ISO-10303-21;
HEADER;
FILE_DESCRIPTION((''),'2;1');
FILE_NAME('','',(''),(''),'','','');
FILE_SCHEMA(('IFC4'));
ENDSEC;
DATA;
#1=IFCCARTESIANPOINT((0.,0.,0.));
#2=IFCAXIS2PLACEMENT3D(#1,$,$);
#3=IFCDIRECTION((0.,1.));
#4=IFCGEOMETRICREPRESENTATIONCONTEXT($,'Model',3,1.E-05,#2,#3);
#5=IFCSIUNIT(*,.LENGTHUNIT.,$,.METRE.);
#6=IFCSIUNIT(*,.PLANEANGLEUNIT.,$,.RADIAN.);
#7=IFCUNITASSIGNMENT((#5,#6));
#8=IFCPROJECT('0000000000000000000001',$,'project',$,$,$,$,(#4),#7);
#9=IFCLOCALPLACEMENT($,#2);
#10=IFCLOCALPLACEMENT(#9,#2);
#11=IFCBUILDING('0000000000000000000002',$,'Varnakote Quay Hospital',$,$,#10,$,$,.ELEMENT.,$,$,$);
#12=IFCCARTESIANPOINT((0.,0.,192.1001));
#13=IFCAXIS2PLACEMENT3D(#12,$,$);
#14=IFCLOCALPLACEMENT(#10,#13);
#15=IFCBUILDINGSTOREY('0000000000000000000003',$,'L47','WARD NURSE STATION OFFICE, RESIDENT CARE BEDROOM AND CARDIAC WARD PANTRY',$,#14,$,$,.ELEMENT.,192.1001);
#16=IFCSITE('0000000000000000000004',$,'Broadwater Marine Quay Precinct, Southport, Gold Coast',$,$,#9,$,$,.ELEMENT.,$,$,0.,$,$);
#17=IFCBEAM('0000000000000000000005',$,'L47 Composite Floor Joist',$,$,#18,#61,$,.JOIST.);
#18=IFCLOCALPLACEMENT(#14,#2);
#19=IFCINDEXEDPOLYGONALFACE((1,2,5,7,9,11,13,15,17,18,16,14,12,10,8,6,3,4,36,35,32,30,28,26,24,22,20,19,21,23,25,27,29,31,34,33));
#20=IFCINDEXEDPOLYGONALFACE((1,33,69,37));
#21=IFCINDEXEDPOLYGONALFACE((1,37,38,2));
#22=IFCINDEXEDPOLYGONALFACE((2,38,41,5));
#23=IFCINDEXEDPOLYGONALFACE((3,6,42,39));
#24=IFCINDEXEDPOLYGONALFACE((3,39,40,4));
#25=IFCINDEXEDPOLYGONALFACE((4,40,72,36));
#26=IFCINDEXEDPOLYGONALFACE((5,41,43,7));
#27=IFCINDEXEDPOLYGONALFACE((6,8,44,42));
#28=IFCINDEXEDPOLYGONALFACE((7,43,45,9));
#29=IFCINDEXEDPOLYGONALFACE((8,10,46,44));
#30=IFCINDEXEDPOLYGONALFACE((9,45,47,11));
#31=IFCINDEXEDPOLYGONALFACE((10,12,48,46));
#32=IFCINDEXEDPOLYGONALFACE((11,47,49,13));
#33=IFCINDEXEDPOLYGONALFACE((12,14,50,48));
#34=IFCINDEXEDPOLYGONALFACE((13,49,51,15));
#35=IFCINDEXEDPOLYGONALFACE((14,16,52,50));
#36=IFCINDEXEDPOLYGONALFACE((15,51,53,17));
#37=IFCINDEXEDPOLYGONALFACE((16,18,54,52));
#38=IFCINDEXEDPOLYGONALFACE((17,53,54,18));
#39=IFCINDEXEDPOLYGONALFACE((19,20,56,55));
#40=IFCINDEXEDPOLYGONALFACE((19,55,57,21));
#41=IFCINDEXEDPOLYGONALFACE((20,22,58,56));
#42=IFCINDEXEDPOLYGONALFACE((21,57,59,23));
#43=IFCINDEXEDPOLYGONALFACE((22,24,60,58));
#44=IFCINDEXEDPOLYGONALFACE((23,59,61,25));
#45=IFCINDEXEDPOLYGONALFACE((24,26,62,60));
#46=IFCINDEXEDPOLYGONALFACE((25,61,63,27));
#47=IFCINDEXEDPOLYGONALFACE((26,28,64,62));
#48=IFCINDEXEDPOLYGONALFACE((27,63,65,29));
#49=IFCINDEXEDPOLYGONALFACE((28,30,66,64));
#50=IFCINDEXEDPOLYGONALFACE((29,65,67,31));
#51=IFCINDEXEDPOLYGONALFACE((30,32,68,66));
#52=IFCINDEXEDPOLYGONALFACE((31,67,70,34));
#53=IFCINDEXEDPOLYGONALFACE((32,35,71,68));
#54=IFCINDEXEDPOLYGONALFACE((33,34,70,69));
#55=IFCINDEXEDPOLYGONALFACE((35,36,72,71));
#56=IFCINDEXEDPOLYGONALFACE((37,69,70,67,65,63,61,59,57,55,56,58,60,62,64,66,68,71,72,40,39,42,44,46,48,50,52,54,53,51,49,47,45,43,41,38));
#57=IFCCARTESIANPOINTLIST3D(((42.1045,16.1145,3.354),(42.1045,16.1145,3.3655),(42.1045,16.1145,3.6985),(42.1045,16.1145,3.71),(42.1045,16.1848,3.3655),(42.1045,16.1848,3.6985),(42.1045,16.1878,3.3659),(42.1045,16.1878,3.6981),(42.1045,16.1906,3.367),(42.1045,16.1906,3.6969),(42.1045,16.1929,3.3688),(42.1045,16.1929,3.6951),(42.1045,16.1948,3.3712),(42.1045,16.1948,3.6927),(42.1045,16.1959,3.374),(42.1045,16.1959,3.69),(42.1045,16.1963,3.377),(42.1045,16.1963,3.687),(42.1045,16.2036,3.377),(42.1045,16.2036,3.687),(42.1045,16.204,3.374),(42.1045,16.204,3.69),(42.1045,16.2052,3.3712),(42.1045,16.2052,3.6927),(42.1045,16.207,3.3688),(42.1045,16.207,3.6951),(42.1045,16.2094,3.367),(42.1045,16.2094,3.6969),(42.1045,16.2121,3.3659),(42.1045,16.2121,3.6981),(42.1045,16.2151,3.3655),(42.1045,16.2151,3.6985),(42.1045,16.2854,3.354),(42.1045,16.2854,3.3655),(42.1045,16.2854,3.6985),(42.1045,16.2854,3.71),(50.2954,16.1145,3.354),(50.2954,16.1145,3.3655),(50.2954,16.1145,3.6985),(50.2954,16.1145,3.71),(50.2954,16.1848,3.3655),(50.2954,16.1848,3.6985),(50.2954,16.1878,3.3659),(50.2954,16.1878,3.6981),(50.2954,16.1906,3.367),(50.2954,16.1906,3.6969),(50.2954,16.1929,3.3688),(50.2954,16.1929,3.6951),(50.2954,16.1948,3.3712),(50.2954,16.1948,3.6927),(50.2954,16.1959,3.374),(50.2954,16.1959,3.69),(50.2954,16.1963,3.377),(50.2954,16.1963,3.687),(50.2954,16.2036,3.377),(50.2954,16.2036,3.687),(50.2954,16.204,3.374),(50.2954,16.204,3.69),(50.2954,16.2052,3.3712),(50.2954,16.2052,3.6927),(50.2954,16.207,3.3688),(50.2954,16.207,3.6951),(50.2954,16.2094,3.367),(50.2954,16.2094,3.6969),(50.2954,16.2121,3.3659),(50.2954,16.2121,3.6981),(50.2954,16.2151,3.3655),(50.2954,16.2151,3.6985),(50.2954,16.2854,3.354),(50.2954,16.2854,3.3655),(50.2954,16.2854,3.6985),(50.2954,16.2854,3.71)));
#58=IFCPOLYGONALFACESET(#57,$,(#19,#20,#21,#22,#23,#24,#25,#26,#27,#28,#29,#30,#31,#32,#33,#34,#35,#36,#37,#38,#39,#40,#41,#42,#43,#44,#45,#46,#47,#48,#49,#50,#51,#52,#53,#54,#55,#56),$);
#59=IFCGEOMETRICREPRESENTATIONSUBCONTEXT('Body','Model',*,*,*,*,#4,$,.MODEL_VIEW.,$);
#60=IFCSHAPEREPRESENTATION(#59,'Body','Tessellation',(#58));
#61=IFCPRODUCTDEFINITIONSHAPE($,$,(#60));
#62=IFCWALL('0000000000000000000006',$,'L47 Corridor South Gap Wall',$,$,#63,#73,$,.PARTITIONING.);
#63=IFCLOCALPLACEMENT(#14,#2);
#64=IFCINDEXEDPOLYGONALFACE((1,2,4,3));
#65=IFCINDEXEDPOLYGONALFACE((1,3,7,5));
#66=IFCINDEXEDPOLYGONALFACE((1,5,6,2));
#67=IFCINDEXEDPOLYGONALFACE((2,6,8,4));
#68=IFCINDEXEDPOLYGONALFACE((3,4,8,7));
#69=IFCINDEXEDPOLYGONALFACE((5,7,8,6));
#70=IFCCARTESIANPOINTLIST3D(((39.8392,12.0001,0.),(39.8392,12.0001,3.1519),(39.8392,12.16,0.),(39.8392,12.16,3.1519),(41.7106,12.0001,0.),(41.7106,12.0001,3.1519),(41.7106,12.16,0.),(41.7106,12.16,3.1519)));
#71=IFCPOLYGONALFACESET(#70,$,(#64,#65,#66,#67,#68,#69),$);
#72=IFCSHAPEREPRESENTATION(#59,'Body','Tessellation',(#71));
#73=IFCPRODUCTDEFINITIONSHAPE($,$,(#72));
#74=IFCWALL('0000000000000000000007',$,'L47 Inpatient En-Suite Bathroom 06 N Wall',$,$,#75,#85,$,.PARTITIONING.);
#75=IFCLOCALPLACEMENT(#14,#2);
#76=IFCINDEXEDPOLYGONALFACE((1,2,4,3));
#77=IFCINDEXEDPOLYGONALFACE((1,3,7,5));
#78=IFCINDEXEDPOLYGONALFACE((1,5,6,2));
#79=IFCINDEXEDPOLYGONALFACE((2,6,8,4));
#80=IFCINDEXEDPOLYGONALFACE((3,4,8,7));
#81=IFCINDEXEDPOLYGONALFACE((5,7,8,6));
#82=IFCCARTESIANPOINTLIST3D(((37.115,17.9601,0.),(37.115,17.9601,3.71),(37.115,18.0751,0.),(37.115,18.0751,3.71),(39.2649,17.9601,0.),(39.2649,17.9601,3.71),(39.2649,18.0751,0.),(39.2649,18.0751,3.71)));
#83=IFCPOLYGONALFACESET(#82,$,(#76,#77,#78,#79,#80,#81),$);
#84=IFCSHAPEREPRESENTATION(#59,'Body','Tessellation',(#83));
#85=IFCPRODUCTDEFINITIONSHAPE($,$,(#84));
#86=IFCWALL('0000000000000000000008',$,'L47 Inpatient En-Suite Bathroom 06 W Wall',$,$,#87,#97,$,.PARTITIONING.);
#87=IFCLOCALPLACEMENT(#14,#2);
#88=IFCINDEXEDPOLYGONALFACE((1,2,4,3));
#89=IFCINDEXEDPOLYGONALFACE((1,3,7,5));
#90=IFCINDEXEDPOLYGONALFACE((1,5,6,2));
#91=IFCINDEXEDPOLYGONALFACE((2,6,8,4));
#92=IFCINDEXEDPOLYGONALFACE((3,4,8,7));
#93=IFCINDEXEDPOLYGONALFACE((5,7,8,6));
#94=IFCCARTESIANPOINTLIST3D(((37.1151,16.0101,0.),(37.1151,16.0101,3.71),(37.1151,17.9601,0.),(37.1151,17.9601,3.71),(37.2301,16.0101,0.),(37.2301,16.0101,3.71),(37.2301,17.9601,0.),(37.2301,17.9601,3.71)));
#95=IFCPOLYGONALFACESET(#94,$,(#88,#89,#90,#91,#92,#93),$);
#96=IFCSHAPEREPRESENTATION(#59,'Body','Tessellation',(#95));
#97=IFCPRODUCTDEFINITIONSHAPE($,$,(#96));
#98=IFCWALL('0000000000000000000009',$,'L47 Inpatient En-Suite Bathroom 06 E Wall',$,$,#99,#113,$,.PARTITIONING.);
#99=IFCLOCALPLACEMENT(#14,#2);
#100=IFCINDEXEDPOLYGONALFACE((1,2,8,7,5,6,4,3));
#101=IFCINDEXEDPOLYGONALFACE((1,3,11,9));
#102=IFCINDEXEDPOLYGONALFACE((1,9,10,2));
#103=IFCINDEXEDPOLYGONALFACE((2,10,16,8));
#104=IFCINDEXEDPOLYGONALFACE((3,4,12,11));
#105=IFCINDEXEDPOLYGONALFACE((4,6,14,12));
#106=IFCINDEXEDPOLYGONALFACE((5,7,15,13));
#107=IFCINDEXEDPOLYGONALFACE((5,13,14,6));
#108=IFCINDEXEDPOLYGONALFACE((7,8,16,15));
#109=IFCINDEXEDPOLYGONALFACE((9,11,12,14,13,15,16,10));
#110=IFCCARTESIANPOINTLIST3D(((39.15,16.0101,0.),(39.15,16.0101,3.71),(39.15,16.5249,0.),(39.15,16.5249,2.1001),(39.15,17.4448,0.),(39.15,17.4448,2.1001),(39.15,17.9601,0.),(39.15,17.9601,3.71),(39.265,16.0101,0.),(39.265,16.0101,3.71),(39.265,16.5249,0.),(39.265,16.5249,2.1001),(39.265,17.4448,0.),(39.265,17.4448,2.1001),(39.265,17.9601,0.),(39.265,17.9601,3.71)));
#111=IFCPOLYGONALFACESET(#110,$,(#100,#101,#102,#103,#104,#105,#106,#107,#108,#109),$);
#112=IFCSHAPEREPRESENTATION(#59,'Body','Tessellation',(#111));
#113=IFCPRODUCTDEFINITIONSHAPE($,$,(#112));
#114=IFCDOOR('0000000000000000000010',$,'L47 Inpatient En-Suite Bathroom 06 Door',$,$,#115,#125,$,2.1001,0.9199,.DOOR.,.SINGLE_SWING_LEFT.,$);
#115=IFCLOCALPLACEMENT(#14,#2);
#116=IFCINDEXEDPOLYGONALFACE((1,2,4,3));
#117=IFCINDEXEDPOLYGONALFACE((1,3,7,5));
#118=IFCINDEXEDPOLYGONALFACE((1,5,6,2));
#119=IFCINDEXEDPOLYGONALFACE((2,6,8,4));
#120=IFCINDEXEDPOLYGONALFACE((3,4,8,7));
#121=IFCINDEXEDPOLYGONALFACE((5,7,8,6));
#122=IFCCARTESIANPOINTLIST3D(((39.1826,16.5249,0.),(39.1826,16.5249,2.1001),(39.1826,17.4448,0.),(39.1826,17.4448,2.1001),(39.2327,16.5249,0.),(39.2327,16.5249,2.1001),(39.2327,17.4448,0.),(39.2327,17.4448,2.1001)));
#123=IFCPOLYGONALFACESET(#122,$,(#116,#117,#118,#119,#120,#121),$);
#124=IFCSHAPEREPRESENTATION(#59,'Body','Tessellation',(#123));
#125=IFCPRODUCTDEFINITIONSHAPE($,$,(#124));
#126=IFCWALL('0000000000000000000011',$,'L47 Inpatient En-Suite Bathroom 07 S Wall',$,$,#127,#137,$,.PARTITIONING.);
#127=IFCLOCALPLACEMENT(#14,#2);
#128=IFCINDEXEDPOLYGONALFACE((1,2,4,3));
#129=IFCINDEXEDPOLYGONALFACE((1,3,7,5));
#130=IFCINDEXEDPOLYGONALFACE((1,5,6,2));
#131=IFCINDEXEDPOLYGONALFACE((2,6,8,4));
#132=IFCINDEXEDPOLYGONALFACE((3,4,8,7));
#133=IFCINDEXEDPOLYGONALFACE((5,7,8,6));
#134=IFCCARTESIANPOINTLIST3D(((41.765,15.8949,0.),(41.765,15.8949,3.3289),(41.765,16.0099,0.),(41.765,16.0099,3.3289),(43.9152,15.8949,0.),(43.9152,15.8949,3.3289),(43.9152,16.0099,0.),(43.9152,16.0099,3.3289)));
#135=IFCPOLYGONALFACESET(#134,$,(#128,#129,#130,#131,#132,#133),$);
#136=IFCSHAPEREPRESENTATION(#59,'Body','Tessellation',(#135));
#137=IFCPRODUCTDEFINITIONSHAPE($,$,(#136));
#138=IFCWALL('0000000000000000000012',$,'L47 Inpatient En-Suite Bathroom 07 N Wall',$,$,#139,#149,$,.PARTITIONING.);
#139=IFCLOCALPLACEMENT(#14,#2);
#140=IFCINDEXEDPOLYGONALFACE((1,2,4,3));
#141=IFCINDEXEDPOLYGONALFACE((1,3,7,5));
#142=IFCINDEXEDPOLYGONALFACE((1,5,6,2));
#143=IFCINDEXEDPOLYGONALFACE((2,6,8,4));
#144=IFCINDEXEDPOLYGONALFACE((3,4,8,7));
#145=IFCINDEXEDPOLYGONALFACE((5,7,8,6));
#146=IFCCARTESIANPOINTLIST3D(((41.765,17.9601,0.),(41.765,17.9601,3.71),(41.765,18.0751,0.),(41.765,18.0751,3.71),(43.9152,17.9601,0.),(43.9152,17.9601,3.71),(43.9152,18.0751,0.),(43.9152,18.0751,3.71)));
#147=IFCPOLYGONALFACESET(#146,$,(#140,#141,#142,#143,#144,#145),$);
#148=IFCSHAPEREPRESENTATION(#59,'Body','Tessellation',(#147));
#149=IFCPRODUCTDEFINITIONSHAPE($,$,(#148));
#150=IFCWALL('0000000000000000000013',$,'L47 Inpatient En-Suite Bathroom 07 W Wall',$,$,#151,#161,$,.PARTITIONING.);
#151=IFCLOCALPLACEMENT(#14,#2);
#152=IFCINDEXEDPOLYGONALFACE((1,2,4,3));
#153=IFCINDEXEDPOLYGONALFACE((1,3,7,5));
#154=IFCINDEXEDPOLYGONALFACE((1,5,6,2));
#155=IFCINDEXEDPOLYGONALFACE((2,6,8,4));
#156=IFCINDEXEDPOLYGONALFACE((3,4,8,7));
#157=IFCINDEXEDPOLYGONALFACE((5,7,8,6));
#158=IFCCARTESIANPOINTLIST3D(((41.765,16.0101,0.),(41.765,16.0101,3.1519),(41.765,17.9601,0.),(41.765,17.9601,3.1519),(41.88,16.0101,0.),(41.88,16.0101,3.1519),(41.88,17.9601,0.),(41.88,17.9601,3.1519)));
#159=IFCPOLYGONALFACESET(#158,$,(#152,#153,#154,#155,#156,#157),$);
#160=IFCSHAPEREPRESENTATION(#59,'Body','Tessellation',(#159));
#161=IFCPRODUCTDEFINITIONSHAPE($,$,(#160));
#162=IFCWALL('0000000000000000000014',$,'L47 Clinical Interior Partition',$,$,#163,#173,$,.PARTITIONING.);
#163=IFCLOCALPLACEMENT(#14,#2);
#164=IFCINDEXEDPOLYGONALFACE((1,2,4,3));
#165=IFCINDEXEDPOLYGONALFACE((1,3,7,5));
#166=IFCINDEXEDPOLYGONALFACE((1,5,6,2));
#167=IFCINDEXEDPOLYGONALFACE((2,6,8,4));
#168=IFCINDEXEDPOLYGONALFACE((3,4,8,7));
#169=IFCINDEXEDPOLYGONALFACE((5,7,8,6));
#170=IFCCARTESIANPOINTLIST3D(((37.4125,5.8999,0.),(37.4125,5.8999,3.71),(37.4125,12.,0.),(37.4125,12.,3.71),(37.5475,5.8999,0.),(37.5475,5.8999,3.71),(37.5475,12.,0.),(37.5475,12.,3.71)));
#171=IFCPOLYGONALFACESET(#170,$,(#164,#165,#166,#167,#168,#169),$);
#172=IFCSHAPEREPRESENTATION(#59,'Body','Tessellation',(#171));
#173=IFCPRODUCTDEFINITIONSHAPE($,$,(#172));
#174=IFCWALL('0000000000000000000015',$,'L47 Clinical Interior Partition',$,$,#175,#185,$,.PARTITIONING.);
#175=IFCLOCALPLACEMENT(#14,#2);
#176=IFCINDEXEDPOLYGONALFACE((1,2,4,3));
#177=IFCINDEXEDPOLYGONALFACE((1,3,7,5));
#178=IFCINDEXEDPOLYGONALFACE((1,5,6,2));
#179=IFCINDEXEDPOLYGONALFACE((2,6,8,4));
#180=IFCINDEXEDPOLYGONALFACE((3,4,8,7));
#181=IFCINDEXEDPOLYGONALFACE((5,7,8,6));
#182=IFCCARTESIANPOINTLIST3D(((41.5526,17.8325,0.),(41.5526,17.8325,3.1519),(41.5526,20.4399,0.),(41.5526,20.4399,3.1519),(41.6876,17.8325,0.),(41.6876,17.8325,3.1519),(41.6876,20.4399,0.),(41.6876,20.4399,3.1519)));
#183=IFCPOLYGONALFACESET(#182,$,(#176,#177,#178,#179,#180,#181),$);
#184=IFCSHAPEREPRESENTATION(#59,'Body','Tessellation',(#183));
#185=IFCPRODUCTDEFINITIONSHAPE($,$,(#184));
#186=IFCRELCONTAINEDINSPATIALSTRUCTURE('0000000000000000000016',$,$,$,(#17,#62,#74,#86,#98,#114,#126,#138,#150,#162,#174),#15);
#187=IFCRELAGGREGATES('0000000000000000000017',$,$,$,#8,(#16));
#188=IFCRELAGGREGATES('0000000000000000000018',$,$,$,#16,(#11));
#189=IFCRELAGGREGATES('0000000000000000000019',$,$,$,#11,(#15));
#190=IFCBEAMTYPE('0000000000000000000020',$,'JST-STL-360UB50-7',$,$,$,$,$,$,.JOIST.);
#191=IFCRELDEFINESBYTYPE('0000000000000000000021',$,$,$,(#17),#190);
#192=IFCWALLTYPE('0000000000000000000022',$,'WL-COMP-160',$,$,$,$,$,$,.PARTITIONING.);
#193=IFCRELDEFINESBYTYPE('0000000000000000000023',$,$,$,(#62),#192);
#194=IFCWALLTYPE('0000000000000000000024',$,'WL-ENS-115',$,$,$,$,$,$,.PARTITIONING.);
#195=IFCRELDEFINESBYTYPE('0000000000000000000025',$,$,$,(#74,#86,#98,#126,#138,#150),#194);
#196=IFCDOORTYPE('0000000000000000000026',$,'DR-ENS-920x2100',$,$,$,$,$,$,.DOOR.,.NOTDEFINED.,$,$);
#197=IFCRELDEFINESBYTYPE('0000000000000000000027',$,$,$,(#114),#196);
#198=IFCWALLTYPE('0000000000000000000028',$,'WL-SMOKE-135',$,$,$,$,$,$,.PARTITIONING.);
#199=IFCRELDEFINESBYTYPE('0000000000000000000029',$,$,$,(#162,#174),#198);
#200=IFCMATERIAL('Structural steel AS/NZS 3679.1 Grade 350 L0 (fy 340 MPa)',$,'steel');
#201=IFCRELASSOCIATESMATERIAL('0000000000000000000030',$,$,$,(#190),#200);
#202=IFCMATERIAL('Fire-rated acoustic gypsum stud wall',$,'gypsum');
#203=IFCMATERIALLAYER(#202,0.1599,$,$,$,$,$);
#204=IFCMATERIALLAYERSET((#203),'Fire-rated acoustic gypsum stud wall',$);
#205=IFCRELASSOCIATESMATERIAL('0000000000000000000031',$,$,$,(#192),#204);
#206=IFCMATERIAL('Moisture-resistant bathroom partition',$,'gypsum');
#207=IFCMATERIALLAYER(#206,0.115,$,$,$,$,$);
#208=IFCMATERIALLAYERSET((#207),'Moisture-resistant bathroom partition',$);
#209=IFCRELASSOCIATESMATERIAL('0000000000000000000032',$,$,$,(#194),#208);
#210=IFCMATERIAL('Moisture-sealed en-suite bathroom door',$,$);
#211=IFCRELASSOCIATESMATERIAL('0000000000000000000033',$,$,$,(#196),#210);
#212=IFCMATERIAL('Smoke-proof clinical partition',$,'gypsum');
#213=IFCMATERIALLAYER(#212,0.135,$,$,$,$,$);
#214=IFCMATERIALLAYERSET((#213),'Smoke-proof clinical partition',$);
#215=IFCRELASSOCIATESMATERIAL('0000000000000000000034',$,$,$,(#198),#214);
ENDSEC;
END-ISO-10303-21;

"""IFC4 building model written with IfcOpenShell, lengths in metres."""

from ifc_helpers import new_model, si_unit, direction, frame, frame_2d, origin, origin_2d, place, context, subcontext, project, spatial, rectangle, i_section, extrude, material, layer, layer_set, material_profile, profile_set, type_object, element, fill, save


model = new_model("IFC4")

# Units and contexts
model_context = context("Model", 3, precision=1e-05, world=origin(), true_north=direction((0.0, 1.0)))
body_context = subcontext(model_context, "Body", "Model", "MODEL_VIEW")
ifc_project = project(units=[si_unit("LENGTHUNIT", "METRE"), si_unit("PLANEANGLEUNIT", "RADIAN")], contexts=[model_context])

# Site, building, storey
site_placement = place(None, origin())
site = spatial("IfcSite", under=ifc_project, at=site_placement, Name="Broadwater Marine Quay Precinct, Southport, Gold Coast", CompositionType="ELEMENT", RefElevation=0.0)
building_placement = place(site_placement, origin())
building = spatial("IfcBuilding", under=site, at=building_placement, Name="Varnakote Quay Hospital", CompositionType="ELEMENT")
storey_placement = place(building_placement, frame((0.0, 0.0, 192.1001)))
storey = spatial("IfcBuildingStorey", under=building, at=storey_placement, Name="L47", Description="WARD NURSE STATION OFFICE, RESIDENT CARE BEDROOM AND CARDIAC WARD PANTRY", CompositionType="ELEMENT", Elevation=192.1001)

# Beam
ifc_material_1 = material(Name="Structural steel AS/NZS 3679.1 Grade 350 L0 (fy 340 MPa)", Category="steel")
ifc_material_profile_1 = material_profile(ifc_material_1, i_section(OverallWidth=0.1709, OverallDepth=0.356, WebThickness=0.0073, FlangeThickness=0.0115, FilletRadius=0.0115, at=origin_2d()), Name="360UB50.7")
ifc_profile_set_1 = profile_set([ifc_material_profile_1], Name="Structural steel AS/NZS 3679.1 Grade 350 L0 (fy 340 MPa)")
beam_type_1 = type_object("IfcBeamType", Name="JST-STL-360UB50-7", PredefinedType="JOIST", material=ifc_profile_set_1)
beam_1_placement = place(storey_placement, frame((42.1045, 16.2, 3.532), z_axis=(1.0, 0.0, 0.0), x_axis=(0.0, 1.0, 0.0)))
element("IfcBeam", 1, at=beam_1_placement, inside=storey, type_object=beam_type_1, Name="L47 Composite Floor Joist", PredefinedType="JOIST", context=body_context, shape_type="SweptSolid", body=[
    extrude(i_section(OverallWidth=0.1709, OverallDepth=0.356, WebThickness=0.0073, FlangeThickness=0.0115, FilletRadius=0.0115, at=origin_2d()), origin(), (0.0, 0.0, 1.0), 8.1909),
])

# Walls
ifc_material_2 = material(Name="Fire-rated acoustic gypsum stud wall", Category="gypsum")
ifc_layer_1 = layer(ifc_material_2, 0.1599)
ifc_layer_set_1 = layer_set([ifc_layer_1], Name="Fire-rated acoustic gypsum stud wall")
wall_type_1 = type_object("IfcWallType", Name="WL-COMP-160", PredefinedType="PARTITIONING", material=ifc_layer_set_1)
wall_1_placement = place(storey_placement, frame((39.8394, 12.0801, 0.0), z_axis=(0.0, 0.0, 1.0), x_axis=(1.0, 0.0, 0.0)))
element("IfcWall", 2, at=wall_1_placement, inside=storey, type_object=wall_type_1, Name="L47 Corridor South Gap Wall", PredefinedType="PARTITIONING", context=body_context, shape_type="SweptSolid", body=[
    extrude(rectangle(XDim=1.8713, YDim=0.1599, at=frame_2d((0.9355, 0.0))), origin(), (0.0, 0.0, 1.0), 3.1519),
])
ifc_material_3 = material(Name="Moisture-resistant bathroom partition", Category="gypsum")
ifc_layer_2 = layer(ifc_material_3, 0.115)
ifc_layer_set_2 = layer_set([ifc_layer_2], Name="Moisture-resistant bathroom partition")
wall_type_2 = type_object("IfcWallType", Name="WL-ENS-115", PredefinedType="PARTITIONING", material=ifc_layer_set_2)
wall_2_placement = place(storey_placement, frame((37.115, 18.0176, 0.0), z_axis=(0.0, 0.0, 1.0), x_axis=(1.0, 0.0, 0.0)))
element("IfcWall", 3, at=wall_2_placement, inside=storey, type_object=wall_type_2, Name="L47 Inpatient En-Suite Bathroom 06 N Wall", PredefinedType="PARTITIONING", context=body_context, shape_type="SweptSolid", body=[
    extrude(rectangle(XDim=2.1499, YDim=0.115, at=frame_2d((1.075, 0.0))), origin(), (0.0, 0.0, 1.0), 3.71),
])
wall_3_placement = place(storey_placement, frame((37.1726, 16.01, 0.0), z_axis=(0.0, 0.0, 1.0), x_axis=(0.0, 1.0, 0.0)))
element("IfcWall", 4, at=wall_3_placement, inside=storey, type_object=wall_type_2, Name="L47 Inpatient En-Suite Bathroom 06 W Wall", PredefinedType="PARTITIONING", context=body_context, shape_type="SweptSolid", body=[
    extrude(rectangle(XDim=1.95, YDim=0.115, at=frame_2d((0.9751, 0.0))), origin(), (0.0, 0.0, 1.0), 3.71),
])

# Wall, opening, door
wall_4_placement = place(storey_placement, frame((39.2075, 16.01, 0.0), z_axis=(0.0, 0.0, 1.0), x_axis=(0.0, 1.0, 0.0)))
wall_4 = element("IfcWall", 5, at=wall_4_placement, inside=storey, type_object=wall_type_2, Name="L47 Inpatient En-Suite Bathroom 06 E Wall", PredefinedType="PARTITIONING", context=body_context, shape_type="SweptSolid", body=[
    extrude(rectangle(XDim=1.95, YDim=0.115, at=frame_2d((0.9751, 0.0))), origin(), (0.0, 0.0, 1.0), 3.71),
])
opening_1_placement = place(wall_4_placement, frame((0.5149, 0.0, 0.0)))
opening_1 = element("IfcOpeningElement", 6, at=opening_1_placement, cuts=wall_4, PredefinedType="OPENING", context=body_context, shape_type="SweptSolid", body=[
    extrude(rectangle(XDim=0.9199, YDim=2.1001, at=frame_2d((0.46, 1.05))), frame((0.0, 0.0674, 0.0), z_axis=(0.0, -1.0, 0.0), x_axis=(1.0, 0.0, 0.0)), (0.0, 0.0, 1.0), 0.135),
])
ifc_material_4 = material(Name="Moisture-sealed en-suite bathroom door")
door_type_1 = type_object("IfcDoorType", Name="DR-ENS-920x2100", OperationType="NOTDEFINED", PredefinedType="DOOR", material=ifc_material_4)
door_1_placement = place(opening_1_placement, origin())
door_1 = element("IfcDoor", 7, at=door_1_placement, inside=storey, type_object=door_type_1, Name="L47 Inpatient En-Suite Bathroom 06 Door", OperationType="SINGLE_SWING_LEFT", OverallHeight=2.1001, OverallWidth=0.9199, PredefinedType="DOOR", context=body_context, shape_type="SweptSolid", body=[
    extrude(rectangle(XDim=0.9199, YDim=2.1001, at=frame_2d((0.46, 1.05))), frame((0.0, 0.0249, 0.0), z_axis=(0.0, -1.0, 0.0), x_axis=(1.0, 0.0, 0.0)), (0.0, 0.0, 1.0), 0.05),
])
fill(opening_1, door_1)

# Walls
wall_5_placement = place(storey_placement, frame((41.7649, 15.9524, 0.0), z_axis=(0.0, 0.0, 1.0), x_axis=(1.0, 0.0, 0.0)))
element("IfcWall", 8, at=wall_5_placement, inside=storey, type_object=wall_type_2, Name="L47 Inpatient En-Suite Bathroom 07 S Wall", PredefinedType="PARTITIONING", context=body_context, shape_type="SweptSolid", body=[
    extrude(rectangle(XDim=2.1501, YDim=0.115, at=frame_2d((1.0752, 0.0))), origin(), (0.0, 0.0, 1.0), 3.3289),
])
wall_6_placement = place(storey_placement, frame((41.7649, 18.0176, 0.0), z_axis=(0.0, 0.0, 1.0), x_axis=(1.0, 0.0, 0.0)))
element("IfcWall", 9, at=wall_6_placement, inside=storey, type_object=wall_type_2, Name="L47 Inpatient En-Suite Bathroom 07 N Wall", PredefinedType="PARTITIONING", context=body_context, shape_type="SweptSolid", body=[
    extrude(rectangle(XDim=2.1501, YDim=0.115, at=frame_2d((1.0752, 0.0))), origin(), (0.0, 0.0, 1.0), 3.71),
])
wall_7_placement = place(storey_placement, frame((41.8225, 16.01, 0.0), z_axis=(0.0, 0.0, 1.0), x_axis=(0.0, 1.0, 0.0)))
element("IfcWall", 10, at=wall_7_placement, inside=storey, type_object=wall_type_2, Name="L47 Inpatient En-Suite Bathroom 07 W Wall", PredefinedType="PARTITIONING", context=body_context, shape_type="SweptSolid", body=[
    extrude(rectangle(XDim=1.95, YDim=0.115, at=frame_2d((0.9751, 0.0))), origin(), (0.0, 0.0, 1.0), 3.1519),
])
ifc_material_5 = material(Name="Smoke-proof clinical partition", Category="gypsum")
ifc_layer_3 = layer(ifc_material_5, 0.135)
ifc_layer_set_3 = layer_set([ifc_layer_3], Name="Smoke-proof clinical partition")
wall_type_3 = type_object("IfcWallType", Name="WL-SMOKE-135", PredefinedType="PARTITIONING", material=ifc_layer_set_3)
wall_8_placement = place(storey_placement, frame((37.48, 5.8999, 0.0), z_axis=(0.0, 0.0, 1.0), x_axis=(0.0, 1.0, 0.0)))
element("IfcWall", 11, at=wall_8_placement, inside=storey, type_object=wall_type_3, Name="L47 Clinical Interior Partition", PredefinedType="PARTITIONING", context=body_context, shape_type="SweptSolid", body=[
    extrude(rectangle(XDim=6.1001, YDim=0.135, at=frame_2d((3.05, 0.0))), origin(), (0.0, 0.0, 1.0), 3.71),
])
wall_9_placement = place(storey_placement, frame((41.6201, 17.8325, 0.0), z_axis=(0.0, 0.0, 1.0), x_axis=(0.0, 1.0, 0.0)))
element("IfcWall", 12, at=wall_9_placement, inside=storey, type_object=wall_type_3, Name="L47 Clinical Interior Partition", PredefinedType="PARTITIONING", context=body_context, shape_type="SweptSolid", body=[
    extrude(rectangle(XDim=2.6074, YDim=0.135, at=frame_2d((1.3037, 0.0))), origin(), (0.0, 0.0, 1.0), 3.1519),
])

save(model, "model.ifc")
